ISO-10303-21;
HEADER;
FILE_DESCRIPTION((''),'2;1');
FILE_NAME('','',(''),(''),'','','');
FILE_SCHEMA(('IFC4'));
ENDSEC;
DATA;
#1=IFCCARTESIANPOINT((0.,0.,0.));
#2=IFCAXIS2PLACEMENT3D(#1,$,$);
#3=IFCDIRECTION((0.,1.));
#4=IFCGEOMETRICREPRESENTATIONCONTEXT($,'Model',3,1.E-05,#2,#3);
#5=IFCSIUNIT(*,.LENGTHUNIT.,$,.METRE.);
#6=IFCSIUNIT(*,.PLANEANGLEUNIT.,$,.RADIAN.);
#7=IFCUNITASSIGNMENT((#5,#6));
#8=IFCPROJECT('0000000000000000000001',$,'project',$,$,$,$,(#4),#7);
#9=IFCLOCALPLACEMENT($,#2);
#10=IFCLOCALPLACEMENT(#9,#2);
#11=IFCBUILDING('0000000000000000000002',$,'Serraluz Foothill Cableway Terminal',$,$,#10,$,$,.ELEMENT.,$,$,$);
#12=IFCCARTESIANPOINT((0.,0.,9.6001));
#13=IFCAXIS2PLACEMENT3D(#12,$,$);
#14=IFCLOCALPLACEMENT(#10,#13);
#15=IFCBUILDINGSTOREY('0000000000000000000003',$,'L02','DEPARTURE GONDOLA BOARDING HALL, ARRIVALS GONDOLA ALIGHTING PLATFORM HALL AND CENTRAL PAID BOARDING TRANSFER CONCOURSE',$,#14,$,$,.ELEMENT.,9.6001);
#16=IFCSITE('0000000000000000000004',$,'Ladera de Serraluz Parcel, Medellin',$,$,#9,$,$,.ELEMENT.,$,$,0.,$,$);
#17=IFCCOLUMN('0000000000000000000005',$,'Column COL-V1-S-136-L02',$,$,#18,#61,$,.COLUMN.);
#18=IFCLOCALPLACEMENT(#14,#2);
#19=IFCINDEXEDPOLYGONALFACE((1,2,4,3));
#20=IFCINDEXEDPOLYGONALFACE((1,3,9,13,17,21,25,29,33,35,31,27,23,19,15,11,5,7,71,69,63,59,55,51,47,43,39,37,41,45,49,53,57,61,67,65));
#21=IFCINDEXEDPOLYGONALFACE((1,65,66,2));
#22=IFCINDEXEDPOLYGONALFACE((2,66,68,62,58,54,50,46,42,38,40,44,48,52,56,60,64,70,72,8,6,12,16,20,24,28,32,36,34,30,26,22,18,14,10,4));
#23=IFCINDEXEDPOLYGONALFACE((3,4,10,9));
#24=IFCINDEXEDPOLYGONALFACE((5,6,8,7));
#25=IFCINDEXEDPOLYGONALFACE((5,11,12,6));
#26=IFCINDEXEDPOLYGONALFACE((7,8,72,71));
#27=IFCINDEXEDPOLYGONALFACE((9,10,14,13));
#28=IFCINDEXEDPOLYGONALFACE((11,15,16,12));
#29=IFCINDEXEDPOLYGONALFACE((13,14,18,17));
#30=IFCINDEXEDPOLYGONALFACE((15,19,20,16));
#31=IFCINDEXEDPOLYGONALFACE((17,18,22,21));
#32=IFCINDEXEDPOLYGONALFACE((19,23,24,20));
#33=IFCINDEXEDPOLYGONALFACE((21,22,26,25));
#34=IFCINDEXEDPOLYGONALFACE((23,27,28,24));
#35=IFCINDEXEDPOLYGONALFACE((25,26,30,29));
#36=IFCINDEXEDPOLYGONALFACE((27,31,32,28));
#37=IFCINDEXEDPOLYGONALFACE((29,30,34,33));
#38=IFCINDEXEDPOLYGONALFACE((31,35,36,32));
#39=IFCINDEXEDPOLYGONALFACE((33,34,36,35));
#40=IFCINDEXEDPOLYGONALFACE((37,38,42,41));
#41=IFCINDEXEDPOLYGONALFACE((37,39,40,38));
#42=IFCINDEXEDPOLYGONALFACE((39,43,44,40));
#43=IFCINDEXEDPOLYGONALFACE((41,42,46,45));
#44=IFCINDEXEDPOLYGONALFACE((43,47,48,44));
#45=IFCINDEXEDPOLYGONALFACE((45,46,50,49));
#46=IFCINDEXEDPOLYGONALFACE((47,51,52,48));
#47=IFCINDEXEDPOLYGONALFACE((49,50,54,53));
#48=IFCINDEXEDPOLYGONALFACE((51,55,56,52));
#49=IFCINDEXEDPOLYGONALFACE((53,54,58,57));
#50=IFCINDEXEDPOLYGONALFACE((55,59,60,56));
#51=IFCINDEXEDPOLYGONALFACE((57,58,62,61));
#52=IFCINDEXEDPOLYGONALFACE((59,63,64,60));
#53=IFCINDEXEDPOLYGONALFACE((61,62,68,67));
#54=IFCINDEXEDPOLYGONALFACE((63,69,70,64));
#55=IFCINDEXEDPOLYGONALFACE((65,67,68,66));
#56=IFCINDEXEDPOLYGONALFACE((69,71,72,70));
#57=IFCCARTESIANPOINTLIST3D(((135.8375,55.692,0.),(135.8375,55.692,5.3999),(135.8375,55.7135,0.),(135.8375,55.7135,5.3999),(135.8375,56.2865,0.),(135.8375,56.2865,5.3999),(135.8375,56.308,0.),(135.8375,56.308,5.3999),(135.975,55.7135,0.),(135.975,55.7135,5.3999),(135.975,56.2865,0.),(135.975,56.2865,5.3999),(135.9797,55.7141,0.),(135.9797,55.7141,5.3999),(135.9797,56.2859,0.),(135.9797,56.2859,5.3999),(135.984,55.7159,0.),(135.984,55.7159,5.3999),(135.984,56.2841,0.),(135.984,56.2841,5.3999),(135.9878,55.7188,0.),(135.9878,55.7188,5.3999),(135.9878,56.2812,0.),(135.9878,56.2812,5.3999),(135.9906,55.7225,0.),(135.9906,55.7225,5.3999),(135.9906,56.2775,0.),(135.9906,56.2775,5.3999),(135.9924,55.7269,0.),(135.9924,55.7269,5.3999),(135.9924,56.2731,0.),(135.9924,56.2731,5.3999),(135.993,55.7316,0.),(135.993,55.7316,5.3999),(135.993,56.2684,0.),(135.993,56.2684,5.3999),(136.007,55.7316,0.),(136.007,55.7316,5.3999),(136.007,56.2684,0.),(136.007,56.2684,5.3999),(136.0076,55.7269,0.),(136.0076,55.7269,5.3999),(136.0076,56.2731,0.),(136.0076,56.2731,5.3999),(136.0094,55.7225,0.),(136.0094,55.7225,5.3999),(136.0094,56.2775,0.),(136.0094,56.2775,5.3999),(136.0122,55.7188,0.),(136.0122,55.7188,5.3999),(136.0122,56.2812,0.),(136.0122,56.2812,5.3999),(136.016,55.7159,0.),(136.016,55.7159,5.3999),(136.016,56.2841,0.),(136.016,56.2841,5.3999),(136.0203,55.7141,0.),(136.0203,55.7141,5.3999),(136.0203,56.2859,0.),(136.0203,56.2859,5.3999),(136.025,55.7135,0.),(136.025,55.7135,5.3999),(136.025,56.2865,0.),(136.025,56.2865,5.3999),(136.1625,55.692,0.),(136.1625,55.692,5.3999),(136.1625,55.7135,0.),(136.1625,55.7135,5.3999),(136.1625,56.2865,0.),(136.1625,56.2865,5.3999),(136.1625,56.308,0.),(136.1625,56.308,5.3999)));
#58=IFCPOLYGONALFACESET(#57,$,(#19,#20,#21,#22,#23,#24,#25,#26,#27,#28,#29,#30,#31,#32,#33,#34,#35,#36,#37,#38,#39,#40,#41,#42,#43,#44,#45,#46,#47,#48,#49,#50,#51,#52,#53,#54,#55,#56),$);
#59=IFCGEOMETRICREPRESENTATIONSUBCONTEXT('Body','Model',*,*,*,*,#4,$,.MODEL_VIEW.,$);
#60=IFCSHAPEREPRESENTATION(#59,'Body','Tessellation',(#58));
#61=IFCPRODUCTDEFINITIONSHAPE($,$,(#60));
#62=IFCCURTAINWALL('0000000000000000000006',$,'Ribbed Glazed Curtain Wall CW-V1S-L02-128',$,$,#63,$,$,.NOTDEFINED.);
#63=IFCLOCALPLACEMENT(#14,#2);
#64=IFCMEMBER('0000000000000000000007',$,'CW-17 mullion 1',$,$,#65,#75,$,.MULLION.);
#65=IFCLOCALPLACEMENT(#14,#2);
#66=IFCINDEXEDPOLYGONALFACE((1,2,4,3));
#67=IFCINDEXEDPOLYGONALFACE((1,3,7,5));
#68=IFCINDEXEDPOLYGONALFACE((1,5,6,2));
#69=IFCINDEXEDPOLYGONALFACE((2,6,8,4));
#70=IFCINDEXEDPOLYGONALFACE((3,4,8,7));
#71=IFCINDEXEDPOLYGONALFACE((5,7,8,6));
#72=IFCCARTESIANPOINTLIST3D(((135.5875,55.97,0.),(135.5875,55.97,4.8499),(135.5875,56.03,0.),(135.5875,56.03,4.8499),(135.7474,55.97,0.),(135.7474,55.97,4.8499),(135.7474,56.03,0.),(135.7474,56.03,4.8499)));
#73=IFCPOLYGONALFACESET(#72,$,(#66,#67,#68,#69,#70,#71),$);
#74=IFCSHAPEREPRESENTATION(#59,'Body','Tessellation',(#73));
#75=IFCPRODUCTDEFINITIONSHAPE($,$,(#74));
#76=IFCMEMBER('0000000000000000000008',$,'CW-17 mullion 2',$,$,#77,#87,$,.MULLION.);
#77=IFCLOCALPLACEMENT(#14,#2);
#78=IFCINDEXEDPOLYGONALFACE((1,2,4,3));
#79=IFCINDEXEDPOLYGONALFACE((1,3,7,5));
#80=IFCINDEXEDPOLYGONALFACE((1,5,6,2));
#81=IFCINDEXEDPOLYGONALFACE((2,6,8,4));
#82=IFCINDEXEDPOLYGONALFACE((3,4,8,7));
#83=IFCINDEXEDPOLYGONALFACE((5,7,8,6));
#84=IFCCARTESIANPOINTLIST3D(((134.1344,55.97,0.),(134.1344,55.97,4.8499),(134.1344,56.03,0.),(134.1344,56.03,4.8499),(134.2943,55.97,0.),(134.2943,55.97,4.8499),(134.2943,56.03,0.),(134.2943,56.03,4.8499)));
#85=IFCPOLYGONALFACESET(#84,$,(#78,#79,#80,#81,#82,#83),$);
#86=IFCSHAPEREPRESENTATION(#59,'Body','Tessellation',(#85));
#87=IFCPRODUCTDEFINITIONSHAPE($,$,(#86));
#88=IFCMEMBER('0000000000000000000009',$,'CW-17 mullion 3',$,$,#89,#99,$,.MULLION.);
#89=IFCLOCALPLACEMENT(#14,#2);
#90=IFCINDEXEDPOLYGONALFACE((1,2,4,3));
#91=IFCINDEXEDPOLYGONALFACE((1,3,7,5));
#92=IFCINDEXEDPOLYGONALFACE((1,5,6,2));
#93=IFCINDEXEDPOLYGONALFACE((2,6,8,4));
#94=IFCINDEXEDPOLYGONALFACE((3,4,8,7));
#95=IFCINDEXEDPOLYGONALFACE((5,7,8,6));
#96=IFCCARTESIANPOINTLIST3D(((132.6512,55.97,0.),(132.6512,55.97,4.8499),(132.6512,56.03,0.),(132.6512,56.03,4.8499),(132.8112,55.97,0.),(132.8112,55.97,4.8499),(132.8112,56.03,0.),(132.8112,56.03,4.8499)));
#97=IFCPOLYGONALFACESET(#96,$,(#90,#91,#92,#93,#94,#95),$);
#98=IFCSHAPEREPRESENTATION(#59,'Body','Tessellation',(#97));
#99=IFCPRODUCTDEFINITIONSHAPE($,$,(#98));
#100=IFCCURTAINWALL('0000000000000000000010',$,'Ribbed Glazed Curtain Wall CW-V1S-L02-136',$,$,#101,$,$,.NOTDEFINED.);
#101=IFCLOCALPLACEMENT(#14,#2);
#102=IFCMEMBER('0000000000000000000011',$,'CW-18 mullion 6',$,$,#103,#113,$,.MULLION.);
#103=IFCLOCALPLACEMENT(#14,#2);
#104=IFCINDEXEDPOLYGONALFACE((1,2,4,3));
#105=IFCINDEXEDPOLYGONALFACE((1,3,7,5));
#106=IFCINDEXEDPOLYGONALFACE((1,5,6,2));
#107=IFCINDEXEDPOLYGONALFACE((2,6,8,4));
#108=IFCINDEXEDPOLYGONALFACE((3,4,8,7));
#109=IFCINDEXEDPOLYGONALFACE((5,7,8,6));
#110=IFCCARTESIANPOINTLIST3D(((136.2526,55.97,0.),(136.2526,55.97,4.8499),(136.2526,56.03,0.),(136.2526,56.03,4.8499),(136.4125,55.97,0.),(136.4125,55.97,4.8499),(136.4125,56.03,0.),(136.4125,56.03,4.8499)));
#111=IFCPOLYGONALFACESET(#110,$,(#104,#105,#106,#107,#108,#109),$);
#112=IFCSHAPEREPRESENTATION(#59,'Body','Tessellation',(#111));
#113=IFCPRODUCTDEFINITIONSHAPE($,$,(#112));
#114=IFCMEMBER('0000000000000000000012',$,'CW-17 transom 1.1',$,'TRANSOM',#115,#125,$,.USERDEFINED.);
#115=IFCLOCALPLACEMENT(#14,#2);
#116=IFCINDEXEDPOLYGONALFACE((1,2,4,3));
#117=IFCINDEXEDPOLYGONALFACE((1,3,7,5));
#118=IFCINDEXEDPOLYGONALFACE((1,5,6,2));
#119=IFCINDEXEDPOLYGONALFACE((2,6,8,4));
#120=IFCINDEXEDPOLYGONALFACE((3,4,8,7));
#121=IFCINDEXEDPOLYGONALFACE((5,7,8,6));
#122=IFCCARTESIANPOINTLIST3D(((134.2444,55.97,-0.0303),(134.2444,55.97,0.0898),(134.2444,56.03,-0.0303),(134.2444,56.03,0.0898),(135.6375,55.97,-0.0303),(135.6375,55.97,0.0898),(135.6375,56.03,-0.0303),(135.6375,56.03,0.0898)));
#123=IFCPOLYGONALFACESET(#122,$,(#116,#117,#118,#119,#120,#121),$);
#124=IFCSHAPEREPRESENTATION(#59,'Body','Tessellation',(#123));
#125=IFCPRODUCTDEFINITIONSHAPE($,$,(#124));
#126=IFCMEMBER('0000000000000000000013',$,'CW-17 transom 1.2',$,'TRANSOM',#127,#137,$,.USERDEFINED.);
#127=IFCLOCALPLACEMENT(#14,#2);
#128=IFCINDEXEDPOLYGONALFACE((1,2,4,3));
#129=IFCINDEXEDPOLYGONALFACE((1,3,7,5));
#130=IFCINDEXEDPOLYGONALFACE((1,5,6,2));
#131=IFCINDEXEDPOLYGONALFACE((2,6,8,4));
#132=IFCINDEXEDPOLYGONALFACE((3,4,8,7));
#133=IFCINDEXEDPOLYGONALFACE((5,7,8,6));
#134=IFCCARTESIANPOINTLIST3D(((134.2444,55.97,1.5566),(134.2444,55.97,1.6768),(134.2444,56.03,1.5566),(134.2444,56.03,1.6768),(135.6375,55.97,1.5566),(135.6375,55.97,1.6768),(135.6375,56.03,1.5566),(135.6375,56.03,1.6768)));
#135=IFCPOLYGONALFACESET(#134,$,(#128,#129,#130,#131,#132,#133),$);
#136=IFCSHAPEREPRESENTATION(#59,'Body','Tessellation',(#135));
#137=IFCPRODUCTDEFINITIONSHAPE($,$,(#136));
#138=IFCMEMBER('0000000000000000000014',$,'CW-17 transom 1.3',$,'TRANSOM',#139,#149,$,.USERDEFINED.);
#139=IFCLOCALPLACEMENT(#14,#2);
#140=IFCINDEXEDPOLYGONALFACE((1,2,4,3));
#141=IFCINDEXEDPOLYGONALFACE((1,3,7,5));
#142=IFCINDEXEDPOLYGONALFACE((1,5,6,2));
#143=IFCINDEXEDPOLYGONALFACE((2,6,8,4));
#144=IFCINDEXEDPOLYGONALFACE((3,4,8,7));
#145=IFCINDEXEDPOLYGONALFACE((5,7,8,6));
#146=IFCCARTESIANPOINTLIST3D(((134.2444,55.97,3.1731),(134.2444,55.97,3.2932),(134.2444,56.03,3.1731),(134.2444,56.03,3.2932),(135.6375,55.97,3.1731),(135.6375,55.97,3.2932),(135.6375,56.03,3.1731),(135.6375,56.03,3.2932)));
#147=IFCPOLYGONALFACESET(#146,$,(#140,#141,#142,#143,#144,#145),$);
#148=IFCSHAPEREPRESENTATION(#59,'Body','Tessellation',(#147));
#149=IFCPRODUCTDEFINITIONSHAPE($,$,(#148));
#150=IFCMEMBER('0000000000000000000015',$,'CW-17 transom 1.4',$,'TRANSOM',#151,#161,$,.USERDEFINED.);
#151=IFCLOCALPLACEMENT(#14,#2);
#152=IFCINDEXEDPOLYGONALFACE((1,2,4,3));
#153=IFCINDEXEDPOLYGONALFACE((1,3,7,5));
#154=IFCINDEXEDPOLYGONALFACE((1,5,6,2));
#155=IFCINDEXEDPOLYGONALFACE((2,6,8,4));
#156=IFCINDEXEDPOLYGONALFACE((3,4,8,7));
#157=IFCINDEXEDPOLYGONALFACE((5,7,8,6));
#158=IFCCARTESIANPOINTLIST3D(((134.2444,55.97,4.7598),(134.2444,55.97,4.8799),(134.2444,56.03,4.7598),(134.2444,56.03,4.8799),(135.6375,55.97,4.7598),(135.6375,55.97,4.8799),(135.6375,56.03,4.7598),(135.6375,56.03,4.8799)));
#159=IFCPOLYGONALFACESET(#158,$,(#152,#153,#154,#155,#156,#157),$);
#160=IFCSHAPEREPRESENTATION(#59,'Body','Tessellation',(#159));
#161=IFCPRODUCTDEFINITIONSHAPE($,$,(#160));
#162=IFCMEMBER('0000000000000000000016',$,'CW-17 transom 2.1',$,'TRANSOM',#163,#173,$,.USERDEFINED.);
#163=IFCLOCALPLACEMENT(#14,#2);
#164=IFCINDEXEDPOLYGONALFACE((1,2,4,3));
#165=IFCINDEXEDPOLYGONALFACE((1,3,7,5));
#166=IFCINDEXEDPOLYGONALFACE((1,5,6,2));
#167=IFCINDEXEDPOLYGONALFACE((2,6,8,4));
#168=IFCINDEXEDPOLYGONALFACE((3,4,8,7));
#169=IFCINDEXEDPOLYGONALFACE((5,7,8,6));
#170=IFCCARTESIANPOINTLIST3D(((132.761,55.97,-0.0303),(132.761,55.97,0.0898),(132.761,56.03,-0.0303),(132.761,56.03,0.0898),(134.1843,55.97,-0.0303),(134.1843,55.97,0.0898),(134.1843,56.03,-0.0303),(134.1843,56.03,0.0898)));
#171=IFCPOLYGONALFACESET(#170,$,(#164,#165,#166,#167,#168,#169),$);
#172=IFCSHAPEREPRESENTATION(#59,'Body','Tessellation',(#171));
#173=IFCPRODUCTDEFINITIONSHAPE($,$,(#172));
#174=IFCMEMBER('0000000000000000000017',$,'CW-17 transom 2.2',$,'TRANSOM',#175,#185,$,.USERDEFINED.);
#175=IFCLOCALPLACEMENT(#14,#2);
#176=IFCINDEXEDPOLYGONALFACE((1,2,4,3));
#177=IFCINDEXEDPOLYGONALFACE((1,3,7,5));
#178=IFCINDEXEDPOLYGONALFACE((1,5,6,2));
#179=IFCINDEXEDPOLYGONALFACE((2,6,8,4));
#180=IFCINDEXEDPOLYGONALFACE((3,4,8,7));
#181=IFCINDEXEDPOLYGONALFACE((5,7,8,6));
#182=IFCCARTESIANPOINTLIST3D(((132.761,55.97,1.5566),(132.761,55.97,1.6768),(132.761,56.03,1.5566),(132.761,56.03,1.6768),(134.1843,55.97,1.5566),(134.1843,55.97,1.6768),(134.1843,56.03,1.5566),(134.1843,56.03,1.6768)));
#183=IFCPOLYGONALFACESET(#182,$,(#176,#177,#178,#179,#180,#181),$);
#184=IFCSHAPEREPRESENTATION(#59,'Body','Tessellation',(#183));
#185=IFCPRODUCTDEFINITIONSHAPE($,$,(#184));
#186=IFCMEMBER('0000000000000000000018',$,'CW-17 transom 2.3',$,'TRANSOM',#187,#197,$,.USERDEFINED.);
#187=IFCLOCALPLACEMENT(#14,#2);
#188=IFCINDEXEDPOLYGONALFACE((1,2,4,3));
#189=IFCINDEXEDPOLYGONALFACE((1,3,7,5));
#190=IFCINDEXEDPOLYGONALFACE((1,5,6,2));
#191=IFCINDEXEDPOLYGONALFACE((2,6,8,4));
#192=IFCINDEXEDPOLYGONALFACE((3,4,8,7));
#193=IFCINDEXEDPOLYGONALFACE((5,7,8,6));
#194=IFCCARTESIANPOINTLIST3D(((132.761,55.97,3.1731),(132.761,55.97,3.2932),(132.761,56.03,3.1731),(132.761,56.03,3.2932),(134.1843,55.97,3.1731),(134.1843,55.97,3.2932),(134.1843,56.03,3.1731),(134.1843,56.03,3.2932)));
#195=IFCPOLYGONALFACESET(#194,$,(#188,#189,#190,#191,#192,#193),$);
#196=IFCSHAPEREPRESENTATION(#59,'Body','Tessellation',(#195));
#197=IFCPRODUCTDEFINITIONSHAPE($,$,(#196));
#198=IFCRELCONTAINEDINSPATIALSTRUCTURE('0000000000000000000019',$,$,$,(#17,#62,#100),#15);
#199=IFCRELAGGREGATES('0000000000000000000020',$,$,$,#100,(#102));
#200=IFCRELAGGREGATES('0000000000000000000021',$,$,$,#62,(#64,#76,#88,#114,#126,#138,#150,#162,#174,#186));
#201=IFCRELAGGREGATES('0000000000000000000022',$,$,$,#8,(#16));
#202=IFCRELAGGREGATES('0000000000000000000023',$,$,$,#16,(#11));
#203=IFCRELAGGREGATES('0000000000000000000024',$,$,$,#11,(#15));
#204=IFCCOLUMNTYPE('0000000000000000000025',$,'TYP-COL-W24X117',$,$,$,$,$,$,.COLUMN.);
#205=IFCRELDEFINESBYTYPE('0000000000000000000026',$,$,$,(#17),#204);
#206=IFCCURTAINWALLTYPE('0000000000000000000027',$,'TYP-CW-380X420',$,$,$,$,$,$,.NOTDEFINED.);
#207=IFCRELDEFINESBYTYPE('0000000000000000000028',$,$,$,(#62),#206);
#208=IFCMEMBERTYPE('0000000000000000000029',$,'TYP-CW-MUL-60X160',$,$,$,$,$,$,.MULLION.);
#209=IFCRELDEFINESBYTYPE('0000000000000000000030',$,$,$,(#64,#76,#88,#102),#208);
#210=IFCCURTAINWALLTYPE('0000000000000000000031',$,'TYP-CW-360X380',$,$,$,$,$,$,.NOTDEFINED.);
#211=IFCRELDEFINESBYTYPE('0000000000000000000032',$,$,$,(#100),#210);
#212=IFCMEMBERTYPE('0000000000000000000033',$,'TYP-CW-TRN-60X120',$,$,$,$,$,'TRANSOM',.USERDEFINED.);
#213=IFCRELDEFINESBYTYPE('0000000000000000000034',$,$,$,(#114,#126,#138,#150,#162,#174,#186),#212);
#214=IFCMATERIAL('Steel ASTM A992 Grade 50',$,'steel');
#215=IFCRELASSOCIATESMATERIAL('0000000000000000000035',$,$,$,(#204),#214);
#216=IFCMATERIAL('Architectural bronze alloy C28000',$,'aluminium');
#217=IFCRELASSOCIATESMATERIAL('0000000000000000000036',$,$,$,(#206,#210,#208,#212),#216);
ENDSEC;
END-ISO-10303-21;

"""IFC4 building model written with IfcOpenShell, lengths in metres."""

from ifc_helpers import new_model, si_unit, direction, frame, origin, origin_2d, place, context, subcontext, project, spatial, rectangle, i_section, extrude, material, material_profile, profile_set, type_object, element, aggregate, save


model = new_model("IFC4")

# Units and contexts
model_context = context("Model", 3, precision=1e-05, world=origin(), true_north=direction((0.0, 1.0)))
body_context = subcontext(model_context, "Body", "Model", "MODEL_VIEW")
ifc_project = project(units=[si_unit("LENGTHUNIT", "METRE"), si_unit("PLANEANGLEUNIT", "RADIAN")], contexts=[model_context])

# Site, building, storey
site_placement = place(None, origin())
site = spatial("IfcSite", under=ifc_project, at=site_placement, Name="Ladera de Serraluz Parcel, Medellin", CompositionType="ELEMENT", RefElevation=0.0)
building_placement = place(site_placement, origin())
building = spatial("IfcBuilding", under=site, at=building_placement, Name="Serraluz Foothill Cableway Terminal", CompositionType="ELEMENT")
storey_placement = place(building_placement, frame((0.0, 0.0, 9.6001)))
storey = spatial("IfcBuildingStorey", under=building, at=storey_placement, Name="L02", Description="DEPARTURE GONDOLA BOARDING HALL, ARRIVALS GONDOLA ALIGHTING PLATFORM HALL AND CENTRAL PAID BOARDING TRANSFER CONCOURSE", CompositionType="ELEMENT", Elevation=9.6001)

# Column
ifc_material_1 = material(Name="Steel ASTM A992 Grade 50", Category="steel")
ifc_material_profile_1 = material_profile(ifc_material_1, i_section(OverallWidth=0.325, OverallDepth=0.616, WebThickness=0.0139, FlangeThickness=0.0215, FilletRadius=0.0181, at=origin_2d()), Name="W24X117")
ifc_profile_set_1 = profile_set([ifc_material_profile_1], Name="Steel ASTM A992 Grade 50")
column_type = type_object("IfcColumnType", Name="TYP-COL-W24X117", PredefinedType="COLUMN", material=ifc_profile_set_1)
column_placement = place(storey_placement, frame((136.0, 56.0, 0.0), z_axis=(0.0, 0.0, 1.0), x_axis=(1.0, 0.0, 0.0)))
element("IfcColumn", 1, at=column_placement, inside=storey, type_object=column_type, Name="Column COL-V1-S-136-L02", PredefinedType="COLUMN", context=body_context, shape_type="SweptSolid", body=[
    extrude(i_section(OverallWidth=0.325, OverallDepth=0.616, WebThickness=0.0139, FlangeThickness=0.0215, FilletRadius=0.0181, at=origin_2d()), origin(), (0.0, 0.0, 1.0), 5.3999),
])

# Curtain wall, members
ifc_material_2 = material(Name="Architectural bronze alloy C28000", Category="aluminium")
curtain_wall_type_1 = type_object("IfcCurtainWallType", Name="TYP-CW-380X420", PredefinedType="NOTDEFINED", material=ifc_material_2)
curtain_wall_1_placement = place(storey_placement, origin())
curtain_wall_1 = element("IfcCurtainWall", 2, at=curtain_wall_1_placement, inside=storey, type_object=curtain_wall_type_1, Name="Ribbed Glazed Curtain Wall CW-V1S-L02-128", PredefinedType="NOTDEFINED")
ifc_material_profile_2 = material_profile(ifc_material_2, rectangle(XDim=0.0601, YDim=0.1599, at=origin_2d()), Name="ALU MULLION 60x160")
ifc_profile_set_2 = profile_set([ifc_material_profile_2], Name="Architectural bronze alloy C28000")
member_type_1 = type_object("IfcMemberType", Name="TYP-CW-MUL-60X160", PredefinedType="MULLION", material=ifc_profile_set_2)
member_1_placement = place(storey_placement, frame((135.6675, 56.0, 0.0), z_axis=(0.0, 0.0, 1.0), x_axis=(0.0, -1.0, 0.0)))
member_1 = element("IfcMember", 3, at=member_1_placement, type_object=member_type_1, Name="CW-17 mullion 1", PredefinedType="MULLION", context=body_context, shape_type="SweptSolid", body=[
    extrude(rectangle(XDim=0.0601, YDim=0.1599, at=origin_2d()), origin(), (0.0, 0.0, 1.0), 4.8499),
])
member_2_placement = place(storey_placement, frame((134.2144, 56.0, 0.0), z_axis=(0.0, 0.0, 1.0), x_axis=(0.0, -1.0, 0.0)))
member_2 = element("IfcMember", 4, at=member_2_placement, type_object=member_type_1, Name="CW-17 mullion 2", PredefinedType="MULLION", context=body_context, shape_type="SweptSolid", body=[
    extrude(rectangle(XDim=0.0601, YDim=0.1599, at=origin_2d()), origin(), (0.0, 0.0, 1.0), 4.8499),
])
member_3_placement = place(storey_placement, frame((132.7312, 56.0, 0.0), z_axis=(0.0, 0.0, 1.0), x_axis=(0.0, -1.0, 0.0)))
member_3 = element("IfcMember", 5, at=member_3_placement, type_object=member_type_1, Name="CW-17 mullion 3", PredefinedType="MULLION", context=body_context, shape_type="SweptSolid", body=[
    extrude(rectangle(XDim=0.0601, YDim=0.1599, at=origin_2d()), origin(), (0.0, 0.0, 1.0), 4.8499),
])

# Curtain wall, member
curtain_wall_type_2 = type_object("IfcCurtainWallType", Name="TYP-CW-360X380", PredefinedType="NOTDEFINED", material=ifc_material_2)
curtain_wall_2_placement = place(storey_placement, origin())
curtain_wall_2 = element("IfcCurtainWall", 6, at=curtain_wall_2_placement, inside=storey, type_object=curtain_wall_type_2, Name="Ribbed Glazed Curtain Wall CW-V1S-L02-136", PredefinedType="NOTDEFINED")
member_4_placement = place(storey_placement, frame((136.3325, 56.0, 0.0), z_axis=(0.0, 0.0, 1.0), x_axis=(0.0, -1.0, 0.0)))
member_4 = element("IfcMember", 7, at=member_4_placement, type_object=member_type_1, Name="CW-18 mullion 6", PredefinedType="MULLION", context=body_context, shape_type="SweptSolid", body=[
    extrude(rectangle(XDim=0.0601, YDim=0.1599, at=origin_2d()), origin(), (0.0, 0.0, 1.0), 4.8499),
])
aggregate(curtain_wall_2, [member_4])

# Members
ifc_material_profile_3 = material_profile(ifc_material_2, rectangle(XDim=0.0601, YDim=0.1201, at=origin_2d()), Name="ALU TRANSOM 60x120")
ifc_profile_set_3 = profile_set([ifc_material_profile_3], Name="Architectural bronze alloy C28000")
member_type_2 = type_object("IfcMemberType", Name="TYP-CW-TRN-60X120", ElementType="TRANSOM", PredefinedType="USERDEFINED", material=ifc_profile_set_3)
member_5_placement = place(storey_placement, frame((135.6375, 56.0, 0.0298), z_axis=(-1.0, 0.0, 0.0), x_axis=(0.0, -1.0, 0.0)))
member_5 = element("IfcMember", 8, at=member_5_placement, type_object=member_type_2, Name="CW-17 transom 1.1", ObjectType="TRANSOM", PredefinedType="USERDEFINED", context=body_context, shape_type="SweptSolid", body=[
    extrude(rectangle(XDim=0.0601, YDim=0.1201, at=origin_2d()), origin(), (0.0, 0.0, 1.0), 1.3931),
])
member_6_placement = place(storey_placement, frame((135.6375, 56.0, 1.6167), z_axis=(-1.0, 0.0, 0.0), x_axis=(0.0, -1.0, 0.0)))
member_6 = element("IfcMember", 9, at=member_6_placement, type_object=member_type_2, Name="CW-17 transom 1.2", ObjectType="TRANSOM", PredefinedType="USERDEFINED", context=body_context, shape_type="SweptSolid", body=[
    extrude(rectangle(XDim=0.0601, YDim=0.1201, at=origin_2d()), origin(), (0.0, 0.0, 1.0), 1.3931),
])
member_7_placement = place(storey_placement, frame((135.6375, 56.0, 3.2332), z_axis=(-1.0, 0.0, 0.0), x_axis=(0.0, -1.0, 0.0)))
member_7 = element("IfcMember", 10, at=member_7_placement, type_object=member_type_2, Name="CW-17 transom 1.3", ObjectType="TRANSOM", PredefinedType="USERDEFINED", context=body_context, shape_type="SweptSolid", body=[
    extrude(rectangle(XDim=0.0601, YDim=0.1201, at=origin_2d()), origin(), (0.0, 0.0, 1.0), 1.3931),
])
member_8_placement = place(storey_placement, frame((135.6375, 56.0, 4.8198), z_axis=(-1.0, 0.0, 0.0), x_axis=(0.0, -1.0, 0.0)))
member_8 = element("IfcMember", 11, at=member_8_placement, type_object=member_type_2, Name="CW-17 transom 1.4", ObjectType="TRANSOM", PredefinedType="USERDEFINED", context=body_context, shape_type="SweptSolid", body=[
    extrude(rectangle(XDim=0.0601, YDim=0.1201, at=origin_2d()), origin(), (0.0, 0.0, 1.0), 1.3931),
])
member_9_placement = place(storey_placement, frame((134.1843, 56.0, 0.0298), z_axis=(-1.0, 0.0, 0.0), x_axis=(0.0, -1.0, 0.0)))
member_9 = element("IfcMember", 12, at=member_9_placement, type_object=member_type_2, Name="CW-17 transom 2.1", ObjectType="TRANSOM", PredefinedType="USERDEFINED", context=body_context, shape_type="SweptSolid", body=[
    extrude(rectangle(XDim=0.0601, YDim=0.1201, at=origin_2d()), origin(), (0.0, 0.0, 1.0), 1.4233),
])
member_10_placement = place(storey_placement, frame((134.1843, 56.0, 1.6167), z_axis=(-1.0, 0.0, 0.0), x_axis=(0.0, -1.0, 0.0)))
member_10 = element("IfcMember", 13, at=member_10_placement, type_object=member_type_2, Name="CW-17 transom 2.2", ObjectType="TRANSOM", PredefinedType="USERDEFINED", context=body_context, shape_type="SweptSolid", body=[
    extrude(rectangle(XDim=0.0601, YDim=0.1201, at=origin_2d()), origin(), (0.0, 0.0, 1.0), 1.4233),
])
member_11_placement = place(storey_placement, frame((134.1843, 56.0, 3.2332), z_axis=(-1.0, 0.0, 0.0), x_axis=(0.0, -1.0, 0.0)))
member_11 = element("IfcMember", 14, at=member_11_placement, type_object=member_type_2, Name="CW-17 transom 2.3", ObjectType="TRANSOM", PredefinedType="USERDEFINED", context=body_context, shape_type="SweptSolid", body=[
    extrude(rectangle(XDim=0.0601, YDim=0.1201, at=origin_2d()), origin(), (0.0, 0.0, 1.0), 1.4233),
])

aggregate(curtain_wall_1, [member_1, member_2, member_3, member_5, member_6, member_7, member_8, member_9, member_10, member_11])

save(model, "model.ifc")
